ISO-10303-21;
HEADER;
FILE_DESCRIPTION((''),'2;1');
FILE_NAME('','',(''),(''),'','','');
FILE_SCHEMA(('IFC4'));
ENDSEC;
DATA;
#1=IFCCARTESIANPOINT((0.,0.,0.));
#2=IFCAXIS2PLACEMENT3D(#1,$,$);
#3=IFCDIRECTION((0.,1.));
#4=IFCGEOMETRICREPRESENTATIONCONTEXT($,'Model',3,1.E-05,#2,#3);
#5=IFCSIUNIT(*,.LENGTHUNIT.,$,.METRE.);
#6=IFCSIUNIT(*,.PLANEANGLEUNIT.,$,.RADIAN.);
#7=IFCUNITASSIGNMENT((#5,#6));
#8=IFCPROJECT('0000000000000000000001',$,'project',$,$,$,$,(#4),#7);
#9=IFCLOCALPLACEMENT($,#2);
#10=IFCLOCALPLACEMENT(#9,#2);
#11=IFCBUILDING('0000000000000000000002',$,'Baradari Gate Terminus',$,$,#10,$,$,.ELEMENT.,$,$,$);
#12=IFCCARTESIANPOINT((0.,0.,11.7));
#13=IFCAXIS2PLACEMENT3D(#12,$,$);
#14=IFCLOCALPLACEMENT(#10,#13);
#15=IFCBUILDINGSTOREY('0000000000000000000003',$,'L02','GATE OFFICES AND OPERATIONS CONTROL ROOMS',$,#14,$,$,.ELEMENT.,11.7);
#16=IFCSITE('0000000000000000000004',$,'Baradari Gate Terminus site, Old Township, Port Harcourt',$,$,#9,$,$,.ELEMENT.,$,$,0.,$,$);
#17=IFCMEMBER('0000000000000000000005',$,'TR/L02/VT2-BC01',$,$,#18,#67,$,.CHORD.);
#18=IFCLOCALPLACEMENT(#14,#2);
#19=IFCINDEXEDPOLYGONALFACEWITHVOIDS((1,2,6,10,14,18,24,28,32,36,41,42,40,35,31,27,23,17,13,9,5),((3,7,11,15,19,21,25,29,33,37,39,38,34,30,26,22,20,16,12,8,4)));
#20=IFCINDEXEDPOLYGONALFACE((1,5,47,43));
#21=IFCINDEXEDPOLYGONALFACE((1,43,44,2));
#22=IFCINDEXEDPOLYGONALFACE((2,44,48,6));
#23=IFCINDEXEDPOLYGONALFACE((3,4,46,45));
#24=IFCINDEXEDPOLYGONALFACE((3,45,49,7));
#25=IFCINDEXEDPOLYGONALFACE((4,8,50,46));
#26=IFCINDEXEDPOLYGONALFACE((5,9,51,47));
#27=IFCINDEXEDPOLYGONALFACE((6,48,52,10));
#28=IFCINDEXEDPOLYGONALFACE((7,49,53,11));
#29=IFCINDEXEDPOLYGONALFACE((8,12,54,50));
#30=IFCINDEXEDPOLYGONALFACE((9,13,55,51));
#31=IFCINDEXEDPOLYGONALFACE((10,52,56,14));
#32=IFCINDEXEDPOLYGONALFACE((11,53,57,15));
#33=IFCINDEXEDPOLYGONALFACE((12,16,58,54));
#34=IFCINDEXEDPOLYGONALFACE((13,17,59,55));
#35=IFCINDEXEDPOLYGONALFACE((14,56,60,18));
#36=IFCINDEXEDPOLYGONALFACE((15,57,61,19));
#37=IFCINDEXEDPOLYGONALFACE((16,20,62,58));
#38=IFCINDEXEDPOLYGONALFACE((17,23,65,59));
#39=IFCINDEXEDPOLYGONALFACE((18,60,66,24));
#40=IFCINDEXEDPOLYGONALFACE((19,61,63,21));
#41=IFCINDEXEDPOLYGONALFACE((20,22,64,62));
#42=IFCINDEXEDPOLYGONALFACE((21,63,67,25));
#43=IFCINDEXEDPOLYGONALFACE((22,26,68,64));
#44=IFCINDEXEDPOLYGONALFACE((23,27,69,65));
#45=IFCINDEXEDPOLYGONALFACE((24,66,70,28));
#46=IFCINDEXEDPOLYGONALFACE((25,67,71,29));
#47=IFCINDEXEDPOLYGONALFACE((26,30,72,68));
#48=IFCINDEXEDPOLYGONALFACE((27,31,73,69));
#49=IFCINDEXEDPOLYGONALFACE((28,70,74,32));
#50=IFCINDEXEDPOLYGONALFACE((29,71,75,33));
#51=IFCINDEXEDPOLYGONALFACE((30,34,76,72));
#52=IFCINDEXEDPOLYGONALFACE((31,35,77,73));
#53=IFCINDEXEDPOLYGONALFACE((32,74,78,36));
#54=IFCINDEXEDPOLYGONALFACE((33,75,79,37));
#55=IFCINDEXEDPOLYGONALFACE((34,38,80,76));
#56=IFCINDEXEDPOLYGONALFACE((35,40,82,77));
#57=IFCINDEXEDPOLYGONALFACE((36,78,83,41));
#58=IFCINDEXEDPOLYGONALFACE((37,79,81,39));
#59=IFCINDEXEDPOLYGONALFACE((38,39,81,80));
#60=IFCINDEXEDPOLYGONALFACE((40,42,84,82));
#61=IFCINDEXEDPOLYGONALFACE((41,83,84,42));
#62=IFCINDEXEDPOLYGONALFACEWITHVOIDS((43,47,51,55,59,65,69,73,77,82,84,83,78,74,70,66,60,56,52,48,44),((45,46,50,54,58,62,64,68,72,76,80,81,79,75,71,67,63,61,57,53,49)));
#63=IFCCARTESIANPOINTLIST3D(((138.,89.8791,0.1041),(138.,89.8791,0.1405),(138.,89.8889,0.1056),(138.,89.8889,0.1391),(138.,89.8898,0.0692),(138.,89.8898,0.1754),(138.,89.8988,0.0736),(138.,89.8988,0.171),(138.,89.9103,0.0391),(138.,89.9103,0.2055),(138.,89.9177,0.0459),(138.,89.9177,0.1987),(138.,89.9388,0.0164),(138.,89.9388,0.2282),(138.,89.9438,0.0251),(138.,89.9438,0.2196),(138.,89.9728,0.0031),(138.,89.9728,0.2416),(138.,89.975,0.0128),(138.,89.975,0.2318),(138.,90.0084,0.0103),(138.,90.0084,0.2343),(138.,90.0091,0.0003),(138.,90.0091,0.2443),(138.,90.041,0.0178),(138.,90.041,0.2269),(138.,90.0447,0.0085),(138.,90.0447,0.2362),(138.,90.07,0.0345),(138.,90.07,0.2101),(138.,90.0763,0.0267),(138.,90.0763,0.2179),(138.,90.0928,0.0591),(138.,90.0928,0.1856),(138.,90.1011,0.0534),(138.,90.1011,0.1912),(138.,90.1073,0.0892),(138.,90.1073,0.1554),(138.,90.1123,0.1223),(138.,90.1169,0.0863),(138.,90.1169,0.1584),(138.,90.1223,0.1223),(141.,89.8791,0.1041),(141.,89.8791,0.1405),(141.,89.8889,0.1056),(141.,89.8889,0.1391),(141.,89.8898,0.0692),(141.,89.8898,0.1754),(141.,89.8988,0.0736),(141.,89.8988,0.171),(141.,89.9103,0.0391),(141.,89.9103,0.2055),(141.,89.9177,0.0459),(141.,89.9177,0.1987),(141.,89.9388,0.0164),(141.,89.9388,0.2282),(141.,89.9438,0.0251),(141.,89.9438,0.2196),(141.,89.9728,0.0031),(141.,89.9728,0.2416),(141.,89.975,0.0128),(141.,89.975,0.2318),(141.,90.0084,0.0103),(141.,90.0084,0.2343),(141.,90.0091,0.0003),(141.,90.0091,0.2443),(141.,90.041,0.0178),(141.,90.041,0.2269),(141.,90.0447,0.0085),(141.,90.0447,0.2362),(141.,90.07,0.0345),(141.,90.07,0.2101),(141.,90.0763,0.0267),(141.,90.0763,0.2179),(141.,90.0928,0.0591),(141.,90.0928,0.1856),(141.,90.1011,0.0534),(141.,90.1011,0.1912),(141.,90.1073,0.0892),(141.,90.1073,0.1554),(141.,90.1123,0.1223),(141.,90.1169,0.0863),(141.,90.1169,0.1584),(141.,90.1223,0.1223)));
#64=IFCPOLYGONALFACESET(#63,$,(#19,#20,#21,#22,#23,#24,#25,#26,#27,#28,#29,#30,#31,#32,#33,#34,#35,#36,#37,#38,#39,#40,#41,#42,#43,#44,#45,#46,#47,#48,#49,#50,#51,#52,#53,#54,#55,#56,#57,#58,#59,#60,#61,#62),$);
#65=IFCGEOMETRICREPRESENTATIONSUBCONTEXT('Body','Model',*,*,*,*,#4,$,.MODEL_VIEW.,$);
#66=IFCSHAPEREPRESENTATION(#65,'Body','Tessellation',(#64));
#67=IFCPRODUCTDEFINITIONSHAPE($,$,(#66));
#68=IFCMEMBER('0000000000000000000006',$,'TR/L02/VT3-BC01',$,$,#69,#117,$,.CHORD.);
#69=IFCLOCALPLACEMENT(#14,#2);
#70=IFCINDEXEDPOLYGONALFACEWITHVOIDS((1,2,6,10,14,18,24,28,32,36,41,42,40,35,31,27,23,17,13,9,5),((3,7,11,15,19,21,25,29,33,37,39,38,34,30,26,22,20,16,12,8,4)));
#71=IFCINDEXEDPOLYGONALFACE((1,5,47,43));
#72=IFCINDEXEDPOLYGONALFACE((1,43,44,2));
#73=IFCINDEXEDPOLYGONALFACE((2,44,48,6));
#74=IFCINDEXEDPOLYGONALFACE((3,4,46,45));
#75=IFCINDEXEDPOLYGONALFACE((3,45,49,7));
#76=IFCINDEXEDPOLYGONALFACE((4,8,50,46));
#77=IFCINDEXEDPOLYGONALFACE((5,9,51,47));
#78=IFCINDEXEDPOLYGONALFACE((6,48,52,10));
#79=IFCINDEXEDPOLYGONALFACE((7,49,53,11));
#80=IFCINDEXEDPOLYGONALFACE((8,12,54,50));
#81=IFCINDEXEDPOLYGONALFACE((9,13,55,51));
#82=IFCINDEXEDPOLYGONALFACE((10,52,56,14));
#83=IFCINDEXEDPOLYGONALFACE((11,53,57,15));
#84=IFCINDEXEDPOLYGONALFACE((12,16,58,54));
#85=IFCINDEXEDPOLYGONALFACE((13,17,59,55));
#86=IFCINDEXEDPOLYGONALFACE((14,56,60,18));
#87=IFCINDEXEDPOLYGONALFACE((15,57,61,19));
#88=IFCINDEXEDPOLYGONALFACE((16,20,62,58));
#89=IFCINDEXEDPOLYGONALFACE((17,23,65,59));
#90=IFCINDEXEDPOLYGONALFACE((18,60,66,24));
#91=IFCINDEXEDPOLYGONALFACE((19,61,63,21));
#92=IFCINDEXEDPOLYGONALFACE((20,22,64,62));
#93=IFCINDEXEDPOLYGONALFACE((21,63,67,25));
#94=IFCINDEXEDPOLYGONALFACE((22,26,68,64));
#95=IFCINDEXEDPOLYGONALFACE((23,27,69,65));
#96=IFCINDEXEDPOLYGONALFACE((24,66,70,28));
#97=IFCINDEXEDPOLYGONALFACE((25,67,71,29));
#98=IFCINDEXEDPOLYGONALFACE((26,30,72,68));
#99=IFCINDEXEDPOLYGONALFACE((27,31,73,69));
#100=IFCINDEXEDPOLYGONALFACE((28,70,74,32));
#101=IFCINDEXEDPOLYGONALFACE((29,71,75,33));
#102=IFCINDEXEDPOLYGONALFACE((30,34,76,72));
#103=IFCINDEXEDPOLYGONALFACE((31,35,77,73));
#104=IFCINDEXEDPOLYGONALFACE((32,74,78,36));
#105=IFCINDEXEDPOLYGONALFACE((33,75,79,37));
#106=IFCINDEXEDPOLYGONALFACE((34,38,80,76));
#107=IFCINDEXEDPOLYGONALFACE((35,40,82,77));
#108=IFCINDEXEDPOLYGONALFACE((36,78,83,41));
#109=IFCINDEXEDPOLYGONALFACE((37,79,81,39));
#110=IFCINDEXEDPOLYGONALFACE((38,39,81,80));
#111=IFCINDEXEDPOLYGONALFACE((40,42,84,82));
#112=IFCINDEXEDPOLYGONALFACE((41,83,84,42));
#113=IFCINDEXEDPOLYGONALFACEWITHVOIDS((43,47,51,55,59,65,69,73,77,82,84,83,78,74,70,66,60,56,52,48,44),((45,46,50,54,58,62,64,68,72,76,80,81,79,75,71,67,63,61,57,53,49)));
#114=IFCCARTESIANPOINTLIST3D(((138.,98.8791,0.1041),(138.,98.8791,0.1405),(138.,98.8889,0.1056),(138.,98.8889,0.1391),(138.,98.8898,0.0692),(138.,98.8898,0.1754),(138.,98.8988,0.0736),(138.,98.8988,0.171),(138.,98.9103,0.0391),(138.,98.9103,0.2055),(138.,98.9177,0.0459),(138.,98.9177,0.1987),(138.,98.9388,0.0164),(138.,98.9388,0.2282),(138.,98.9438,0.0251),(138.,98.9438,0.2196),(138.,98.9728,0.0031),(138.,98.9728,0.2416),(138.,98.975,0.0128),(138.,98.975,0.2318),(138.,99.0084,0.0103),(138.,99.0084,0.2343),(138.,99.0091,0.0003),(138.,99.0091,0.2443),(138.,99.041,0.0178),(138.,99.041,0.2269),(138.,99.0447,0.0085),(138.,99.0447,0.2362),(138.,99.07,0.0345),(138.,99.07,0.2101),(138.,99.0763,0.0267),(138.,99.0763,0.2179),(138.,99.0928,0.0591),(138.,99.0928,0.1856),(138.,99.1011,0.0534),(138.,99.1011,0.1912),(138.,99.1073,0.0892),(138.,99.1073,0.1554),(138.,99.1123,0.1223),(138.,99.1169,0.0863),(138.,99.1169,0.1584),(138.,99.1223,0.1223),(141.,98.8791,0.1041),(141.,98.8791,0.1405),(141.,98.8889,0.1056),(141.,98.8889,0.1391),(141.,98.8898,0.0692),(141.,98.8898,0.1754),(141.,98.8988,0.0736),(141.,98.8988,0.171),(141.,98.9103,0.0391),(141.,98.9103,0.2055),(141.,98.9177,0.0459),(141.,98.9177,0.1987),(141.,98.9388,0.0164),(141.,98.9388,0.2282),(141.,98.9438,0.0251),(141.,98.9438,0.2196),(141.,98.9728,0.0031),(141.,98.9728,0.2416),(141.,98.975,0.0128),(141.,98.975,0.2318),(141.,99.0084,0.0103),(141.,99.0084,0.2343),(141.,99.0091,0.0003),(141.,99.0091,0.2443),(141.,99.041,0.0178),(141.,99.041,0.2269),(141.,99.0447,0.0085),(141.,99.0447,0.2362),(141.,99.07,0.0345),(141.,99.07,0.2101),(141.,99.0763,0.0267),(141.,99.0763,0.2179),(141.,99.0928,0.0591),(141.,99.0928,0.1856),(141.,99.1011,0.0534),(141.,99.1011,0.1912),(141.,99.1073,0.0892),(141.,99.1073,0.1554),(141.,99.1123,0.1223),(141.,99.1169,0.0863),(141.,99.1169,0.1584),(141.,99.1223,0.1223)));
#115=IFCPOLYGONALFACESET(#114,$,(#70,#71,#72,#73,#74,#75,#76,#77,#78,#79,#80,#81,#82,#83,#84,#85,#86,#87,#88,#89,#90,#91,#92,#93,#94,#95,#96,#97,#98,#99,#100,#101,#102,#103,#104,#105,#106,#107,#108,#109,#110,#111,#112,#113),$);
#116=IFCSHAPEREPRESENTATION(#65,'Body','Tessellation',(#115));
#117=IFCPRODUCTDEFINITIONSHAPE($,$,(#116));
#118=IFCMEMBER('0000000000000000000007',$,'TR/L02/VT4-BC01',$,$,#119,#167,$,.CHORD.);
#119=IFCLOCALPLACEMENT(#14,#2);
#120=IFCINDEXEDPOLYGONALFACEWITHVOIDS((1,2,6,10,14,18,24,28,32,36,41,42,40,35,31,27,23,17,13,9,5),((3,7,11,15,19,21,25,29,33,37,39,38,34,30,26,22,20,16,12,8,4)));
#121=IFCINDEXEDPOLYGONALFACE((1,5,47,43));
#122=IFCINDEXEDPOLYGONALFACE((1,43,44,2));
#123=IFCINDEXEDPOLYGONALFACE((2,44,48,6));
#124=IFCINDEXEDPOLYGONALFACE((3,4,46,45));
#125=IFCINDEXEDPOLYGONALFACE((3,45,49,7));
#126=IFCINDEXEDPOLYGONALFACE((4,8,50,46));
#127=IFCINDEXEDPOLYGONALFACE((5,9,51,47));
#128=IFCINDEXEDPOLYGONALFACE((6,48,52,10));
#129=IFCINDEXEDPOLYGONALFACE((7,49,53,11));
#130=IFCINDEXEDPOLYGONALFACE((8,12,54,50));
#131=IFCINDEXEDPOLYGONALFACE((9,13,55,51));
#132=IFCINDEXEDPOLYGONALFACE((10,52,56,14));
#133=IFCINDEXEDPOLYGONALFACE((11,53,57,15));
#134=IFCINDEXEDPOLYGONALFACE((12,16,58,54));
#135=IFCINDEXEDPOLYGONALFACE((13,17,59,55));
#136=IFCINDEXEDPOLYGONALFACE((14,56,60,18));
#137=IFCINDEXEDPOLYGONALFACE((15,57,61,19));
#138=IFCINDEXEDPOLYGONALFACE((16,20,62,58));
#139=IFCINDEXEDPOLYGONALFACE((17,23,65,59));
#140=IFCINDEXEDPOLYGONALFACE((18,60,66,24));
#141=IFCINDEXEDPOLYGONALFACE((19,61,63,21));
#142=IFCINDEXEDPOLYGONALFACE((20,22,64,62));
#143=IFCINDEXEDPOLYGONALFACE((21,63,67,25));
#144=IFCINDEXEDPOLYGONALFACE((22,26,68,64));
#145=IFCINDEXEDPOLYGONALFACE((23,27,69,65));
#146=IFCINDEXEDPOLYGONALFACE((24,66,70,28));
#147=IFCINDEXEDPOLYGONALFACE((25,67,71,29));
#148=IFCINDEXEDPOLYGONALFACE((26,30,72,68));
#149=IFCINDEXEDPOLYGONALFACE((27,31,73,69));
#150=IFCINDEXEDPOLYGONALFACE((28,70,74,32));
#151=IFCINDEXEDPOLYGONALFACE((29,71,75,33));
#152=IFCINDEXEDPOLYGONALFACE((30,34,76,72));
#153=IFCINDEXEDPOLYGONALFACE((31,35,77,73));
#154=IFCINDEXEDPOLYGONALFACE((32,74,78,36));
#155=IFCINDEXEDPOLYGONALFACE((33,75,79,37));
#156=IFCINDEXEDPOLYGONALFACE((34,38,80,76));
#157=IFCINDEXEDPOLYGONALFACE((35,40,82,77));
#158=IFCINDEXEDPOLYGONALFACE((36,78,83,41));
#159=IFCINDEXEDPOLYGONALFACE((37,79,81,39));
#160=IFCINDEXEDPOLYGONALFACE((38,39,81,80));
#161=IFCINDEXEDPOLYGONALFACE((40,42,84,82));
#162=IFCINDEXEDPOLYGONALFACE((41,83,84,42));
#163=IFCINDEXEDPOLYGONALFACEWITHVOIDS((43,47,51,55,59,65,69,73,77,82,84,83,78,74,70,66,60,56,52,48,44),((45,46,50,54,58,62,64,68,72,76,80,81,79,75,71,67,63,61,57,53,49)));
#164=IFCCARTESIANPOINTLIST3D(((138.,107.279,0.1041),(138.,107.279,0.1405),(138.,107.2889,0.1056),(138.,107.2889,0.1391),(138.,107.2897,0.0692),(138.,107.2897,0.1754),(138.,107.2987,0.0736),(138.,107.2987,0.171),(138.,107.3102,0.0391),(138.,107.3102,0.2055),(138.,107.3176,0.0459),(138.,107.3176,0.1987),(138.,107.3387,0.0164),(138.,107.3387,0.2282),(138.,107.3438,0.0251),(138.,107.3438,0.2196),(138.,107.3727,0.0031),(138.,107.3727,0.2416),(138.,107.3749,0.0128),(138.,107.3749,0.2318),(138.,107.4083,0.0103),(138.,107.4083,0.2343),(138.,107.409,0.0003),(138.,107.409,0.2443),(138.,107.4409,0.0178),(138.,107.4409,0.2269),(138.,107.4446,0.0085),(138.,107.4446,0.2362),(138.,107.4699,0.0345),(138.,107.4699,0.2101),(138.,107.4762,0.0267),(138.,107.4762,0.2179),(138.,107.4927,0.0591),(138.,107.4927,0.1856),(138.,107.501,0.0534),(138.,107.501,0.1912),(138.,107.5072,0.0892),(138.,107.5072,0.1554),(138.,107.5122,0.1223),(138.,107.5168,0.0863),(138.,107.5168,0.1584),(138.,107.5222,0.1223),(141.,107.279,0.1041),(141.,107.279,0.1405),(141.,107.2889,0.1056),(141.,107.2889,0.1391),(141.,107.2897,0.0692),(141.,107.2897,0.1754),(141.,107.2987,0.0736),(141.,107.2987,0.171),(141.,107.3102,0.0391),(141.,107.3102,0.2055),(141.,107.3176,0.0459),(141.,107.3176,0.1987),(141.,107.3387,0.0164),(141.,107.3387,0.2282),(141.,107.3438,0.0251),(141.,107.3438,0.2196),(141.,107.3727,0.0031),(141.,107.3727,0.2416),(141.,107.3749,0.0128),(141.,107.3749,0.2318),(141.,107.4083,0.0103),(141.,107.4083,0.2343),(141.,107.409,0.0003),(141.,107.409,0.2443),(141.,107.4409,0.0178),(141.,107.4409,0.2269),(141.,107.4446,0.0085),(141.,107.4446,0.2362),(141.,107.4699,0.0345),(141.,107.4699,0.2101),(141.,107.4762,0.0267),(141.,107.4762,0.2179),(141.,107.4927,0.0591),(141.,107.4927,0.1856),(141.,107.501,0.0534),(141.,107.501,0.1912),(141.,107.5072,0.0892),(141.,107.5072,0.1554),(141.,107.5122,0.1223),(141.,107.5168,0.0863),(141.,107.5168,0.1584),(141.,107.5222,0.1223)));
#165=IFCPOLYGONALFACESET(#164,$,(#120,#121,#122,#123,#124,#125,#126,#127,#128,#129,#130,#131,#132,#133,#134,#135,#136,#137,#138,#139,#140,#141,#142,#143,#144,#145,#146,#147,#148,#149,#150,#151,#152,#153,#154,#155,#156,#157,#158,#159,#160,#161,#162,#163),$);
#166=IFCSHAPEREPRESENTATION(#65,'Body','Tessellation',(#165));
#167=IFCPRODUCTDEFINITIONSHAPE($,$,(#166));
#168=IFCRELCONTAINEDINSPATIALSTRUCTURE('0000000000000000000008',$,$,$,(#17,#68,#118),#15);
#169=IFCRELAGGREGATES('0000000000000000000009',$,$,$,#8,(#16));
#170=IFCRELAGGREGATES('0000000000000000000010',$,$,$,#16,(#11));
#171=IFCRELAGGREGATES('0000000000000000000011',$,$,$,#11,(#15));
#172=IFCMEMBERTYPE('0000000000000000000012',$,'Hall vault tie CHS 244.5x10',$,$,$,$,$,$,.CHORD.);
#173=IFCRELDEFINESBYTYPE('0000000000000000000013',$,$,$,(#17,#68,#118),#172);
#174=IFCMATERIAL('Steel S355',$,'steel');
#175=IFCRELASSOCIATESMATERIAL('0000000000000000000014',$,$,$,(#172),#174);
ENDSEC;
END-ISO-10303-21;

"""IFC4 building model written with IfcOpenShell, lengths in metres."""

from ifc_helpers import new_model, si_unit, direction, frame, origin, origin_2d, place, context, subcontext, project, spatial, hollow_circle, extrude, material, material_profile, profile_set, type_object, element, save


model = new_model("IFC4")

# Units and contexts
model_context = context("Model", 3, precision=1e-05, world=origin(), true_north=direction((0.0, 1.0)))
body_context = subcontext(model_context, "Body", "Model", "MODEL_VIEW")
ifc_project = project(units=[si_unit("LENGTHUNIT", "METRE"), si_unit("PLANEANGLEUNIT", "RADIAN")], contexts=[model_context])

# Site, building, storey
site_placement = place(None, origin())
site = spatial("IfcSite", under=ifc_project, at=site_placement, Name="Baradari Gate Terminus site, Old Township, Port Harcourt", CompositionType="ELEMENT", RefElevation=0.0)
building_placement = place(site_placement, origin())
building = spatial("IfcBuilding", under=site, at=building_placement, Name="Baradari Gate Terminus", CompositionType="ELEMENT")
storey_placement = place(building_placement, frame((0.0, 0.0, 11.7)))
storey = spatial("IfcBuildingStorey", under=building, at=storey_placement, Name="L02", Description="GATE OFFICES AND OPERATIONS CONTROL ROOMS", CompositionType="ELEMENT", Elevation=11.7)

# Members
ifc_material_1 = material(Name="Steel S355", Category="steel")
ifc_material_profile_1 = material_profile(ifc_material_1, hollow_circle(Radius=0.1223, WallThickness=0.01, at=origin_2d()), Name="CHS 244.5x10")
ifc_profile_set_1 = profile_set([ifc_material_profile_1], Name="Steel S355")
member_type_1 = type_object("IfcMemberType", Name="Hall vault tie CHS 244.5x10", PredefinedType="CHORD", material=ifc_profile_set_1)
for number, where, z_axis, x_axis, name in (
    (1, (138.0, 90.0, 0.1223), (1.0, 0.0, 0.0), (0.0, 1.0, 0.0), "TR/L02/VT2-BC01"),
    (2, (138.0, 99.0, 0.1223), (1.0, 0.0, 0.0), (0.0, 1.0, 0.0), "TR/L02/VT3-BC01"),
    (3, (138.0, 107.3999, 0.1223), (1.0, 0.0, 0.0), (0.0, 1.0, 0.0), "TR/L02/VT4-BC01"),
):
    element("IfcMember", number, at=place(storey_placement, frame(where, z_axis=z_axis, x_axis=x_axis)), inside=storey, type_object=member_type_1, Name=name, PredefinedType="CHORD", context=body_context, shape_type="SweptSolid", body=[
        extrude(hollow_circle(Radius=0.1223, WallThickness=0.01, at=origin_2d()), origin(), (0.0, 0.0, 1.0), 3.0),
    ])

save(model, "model.ifc")
